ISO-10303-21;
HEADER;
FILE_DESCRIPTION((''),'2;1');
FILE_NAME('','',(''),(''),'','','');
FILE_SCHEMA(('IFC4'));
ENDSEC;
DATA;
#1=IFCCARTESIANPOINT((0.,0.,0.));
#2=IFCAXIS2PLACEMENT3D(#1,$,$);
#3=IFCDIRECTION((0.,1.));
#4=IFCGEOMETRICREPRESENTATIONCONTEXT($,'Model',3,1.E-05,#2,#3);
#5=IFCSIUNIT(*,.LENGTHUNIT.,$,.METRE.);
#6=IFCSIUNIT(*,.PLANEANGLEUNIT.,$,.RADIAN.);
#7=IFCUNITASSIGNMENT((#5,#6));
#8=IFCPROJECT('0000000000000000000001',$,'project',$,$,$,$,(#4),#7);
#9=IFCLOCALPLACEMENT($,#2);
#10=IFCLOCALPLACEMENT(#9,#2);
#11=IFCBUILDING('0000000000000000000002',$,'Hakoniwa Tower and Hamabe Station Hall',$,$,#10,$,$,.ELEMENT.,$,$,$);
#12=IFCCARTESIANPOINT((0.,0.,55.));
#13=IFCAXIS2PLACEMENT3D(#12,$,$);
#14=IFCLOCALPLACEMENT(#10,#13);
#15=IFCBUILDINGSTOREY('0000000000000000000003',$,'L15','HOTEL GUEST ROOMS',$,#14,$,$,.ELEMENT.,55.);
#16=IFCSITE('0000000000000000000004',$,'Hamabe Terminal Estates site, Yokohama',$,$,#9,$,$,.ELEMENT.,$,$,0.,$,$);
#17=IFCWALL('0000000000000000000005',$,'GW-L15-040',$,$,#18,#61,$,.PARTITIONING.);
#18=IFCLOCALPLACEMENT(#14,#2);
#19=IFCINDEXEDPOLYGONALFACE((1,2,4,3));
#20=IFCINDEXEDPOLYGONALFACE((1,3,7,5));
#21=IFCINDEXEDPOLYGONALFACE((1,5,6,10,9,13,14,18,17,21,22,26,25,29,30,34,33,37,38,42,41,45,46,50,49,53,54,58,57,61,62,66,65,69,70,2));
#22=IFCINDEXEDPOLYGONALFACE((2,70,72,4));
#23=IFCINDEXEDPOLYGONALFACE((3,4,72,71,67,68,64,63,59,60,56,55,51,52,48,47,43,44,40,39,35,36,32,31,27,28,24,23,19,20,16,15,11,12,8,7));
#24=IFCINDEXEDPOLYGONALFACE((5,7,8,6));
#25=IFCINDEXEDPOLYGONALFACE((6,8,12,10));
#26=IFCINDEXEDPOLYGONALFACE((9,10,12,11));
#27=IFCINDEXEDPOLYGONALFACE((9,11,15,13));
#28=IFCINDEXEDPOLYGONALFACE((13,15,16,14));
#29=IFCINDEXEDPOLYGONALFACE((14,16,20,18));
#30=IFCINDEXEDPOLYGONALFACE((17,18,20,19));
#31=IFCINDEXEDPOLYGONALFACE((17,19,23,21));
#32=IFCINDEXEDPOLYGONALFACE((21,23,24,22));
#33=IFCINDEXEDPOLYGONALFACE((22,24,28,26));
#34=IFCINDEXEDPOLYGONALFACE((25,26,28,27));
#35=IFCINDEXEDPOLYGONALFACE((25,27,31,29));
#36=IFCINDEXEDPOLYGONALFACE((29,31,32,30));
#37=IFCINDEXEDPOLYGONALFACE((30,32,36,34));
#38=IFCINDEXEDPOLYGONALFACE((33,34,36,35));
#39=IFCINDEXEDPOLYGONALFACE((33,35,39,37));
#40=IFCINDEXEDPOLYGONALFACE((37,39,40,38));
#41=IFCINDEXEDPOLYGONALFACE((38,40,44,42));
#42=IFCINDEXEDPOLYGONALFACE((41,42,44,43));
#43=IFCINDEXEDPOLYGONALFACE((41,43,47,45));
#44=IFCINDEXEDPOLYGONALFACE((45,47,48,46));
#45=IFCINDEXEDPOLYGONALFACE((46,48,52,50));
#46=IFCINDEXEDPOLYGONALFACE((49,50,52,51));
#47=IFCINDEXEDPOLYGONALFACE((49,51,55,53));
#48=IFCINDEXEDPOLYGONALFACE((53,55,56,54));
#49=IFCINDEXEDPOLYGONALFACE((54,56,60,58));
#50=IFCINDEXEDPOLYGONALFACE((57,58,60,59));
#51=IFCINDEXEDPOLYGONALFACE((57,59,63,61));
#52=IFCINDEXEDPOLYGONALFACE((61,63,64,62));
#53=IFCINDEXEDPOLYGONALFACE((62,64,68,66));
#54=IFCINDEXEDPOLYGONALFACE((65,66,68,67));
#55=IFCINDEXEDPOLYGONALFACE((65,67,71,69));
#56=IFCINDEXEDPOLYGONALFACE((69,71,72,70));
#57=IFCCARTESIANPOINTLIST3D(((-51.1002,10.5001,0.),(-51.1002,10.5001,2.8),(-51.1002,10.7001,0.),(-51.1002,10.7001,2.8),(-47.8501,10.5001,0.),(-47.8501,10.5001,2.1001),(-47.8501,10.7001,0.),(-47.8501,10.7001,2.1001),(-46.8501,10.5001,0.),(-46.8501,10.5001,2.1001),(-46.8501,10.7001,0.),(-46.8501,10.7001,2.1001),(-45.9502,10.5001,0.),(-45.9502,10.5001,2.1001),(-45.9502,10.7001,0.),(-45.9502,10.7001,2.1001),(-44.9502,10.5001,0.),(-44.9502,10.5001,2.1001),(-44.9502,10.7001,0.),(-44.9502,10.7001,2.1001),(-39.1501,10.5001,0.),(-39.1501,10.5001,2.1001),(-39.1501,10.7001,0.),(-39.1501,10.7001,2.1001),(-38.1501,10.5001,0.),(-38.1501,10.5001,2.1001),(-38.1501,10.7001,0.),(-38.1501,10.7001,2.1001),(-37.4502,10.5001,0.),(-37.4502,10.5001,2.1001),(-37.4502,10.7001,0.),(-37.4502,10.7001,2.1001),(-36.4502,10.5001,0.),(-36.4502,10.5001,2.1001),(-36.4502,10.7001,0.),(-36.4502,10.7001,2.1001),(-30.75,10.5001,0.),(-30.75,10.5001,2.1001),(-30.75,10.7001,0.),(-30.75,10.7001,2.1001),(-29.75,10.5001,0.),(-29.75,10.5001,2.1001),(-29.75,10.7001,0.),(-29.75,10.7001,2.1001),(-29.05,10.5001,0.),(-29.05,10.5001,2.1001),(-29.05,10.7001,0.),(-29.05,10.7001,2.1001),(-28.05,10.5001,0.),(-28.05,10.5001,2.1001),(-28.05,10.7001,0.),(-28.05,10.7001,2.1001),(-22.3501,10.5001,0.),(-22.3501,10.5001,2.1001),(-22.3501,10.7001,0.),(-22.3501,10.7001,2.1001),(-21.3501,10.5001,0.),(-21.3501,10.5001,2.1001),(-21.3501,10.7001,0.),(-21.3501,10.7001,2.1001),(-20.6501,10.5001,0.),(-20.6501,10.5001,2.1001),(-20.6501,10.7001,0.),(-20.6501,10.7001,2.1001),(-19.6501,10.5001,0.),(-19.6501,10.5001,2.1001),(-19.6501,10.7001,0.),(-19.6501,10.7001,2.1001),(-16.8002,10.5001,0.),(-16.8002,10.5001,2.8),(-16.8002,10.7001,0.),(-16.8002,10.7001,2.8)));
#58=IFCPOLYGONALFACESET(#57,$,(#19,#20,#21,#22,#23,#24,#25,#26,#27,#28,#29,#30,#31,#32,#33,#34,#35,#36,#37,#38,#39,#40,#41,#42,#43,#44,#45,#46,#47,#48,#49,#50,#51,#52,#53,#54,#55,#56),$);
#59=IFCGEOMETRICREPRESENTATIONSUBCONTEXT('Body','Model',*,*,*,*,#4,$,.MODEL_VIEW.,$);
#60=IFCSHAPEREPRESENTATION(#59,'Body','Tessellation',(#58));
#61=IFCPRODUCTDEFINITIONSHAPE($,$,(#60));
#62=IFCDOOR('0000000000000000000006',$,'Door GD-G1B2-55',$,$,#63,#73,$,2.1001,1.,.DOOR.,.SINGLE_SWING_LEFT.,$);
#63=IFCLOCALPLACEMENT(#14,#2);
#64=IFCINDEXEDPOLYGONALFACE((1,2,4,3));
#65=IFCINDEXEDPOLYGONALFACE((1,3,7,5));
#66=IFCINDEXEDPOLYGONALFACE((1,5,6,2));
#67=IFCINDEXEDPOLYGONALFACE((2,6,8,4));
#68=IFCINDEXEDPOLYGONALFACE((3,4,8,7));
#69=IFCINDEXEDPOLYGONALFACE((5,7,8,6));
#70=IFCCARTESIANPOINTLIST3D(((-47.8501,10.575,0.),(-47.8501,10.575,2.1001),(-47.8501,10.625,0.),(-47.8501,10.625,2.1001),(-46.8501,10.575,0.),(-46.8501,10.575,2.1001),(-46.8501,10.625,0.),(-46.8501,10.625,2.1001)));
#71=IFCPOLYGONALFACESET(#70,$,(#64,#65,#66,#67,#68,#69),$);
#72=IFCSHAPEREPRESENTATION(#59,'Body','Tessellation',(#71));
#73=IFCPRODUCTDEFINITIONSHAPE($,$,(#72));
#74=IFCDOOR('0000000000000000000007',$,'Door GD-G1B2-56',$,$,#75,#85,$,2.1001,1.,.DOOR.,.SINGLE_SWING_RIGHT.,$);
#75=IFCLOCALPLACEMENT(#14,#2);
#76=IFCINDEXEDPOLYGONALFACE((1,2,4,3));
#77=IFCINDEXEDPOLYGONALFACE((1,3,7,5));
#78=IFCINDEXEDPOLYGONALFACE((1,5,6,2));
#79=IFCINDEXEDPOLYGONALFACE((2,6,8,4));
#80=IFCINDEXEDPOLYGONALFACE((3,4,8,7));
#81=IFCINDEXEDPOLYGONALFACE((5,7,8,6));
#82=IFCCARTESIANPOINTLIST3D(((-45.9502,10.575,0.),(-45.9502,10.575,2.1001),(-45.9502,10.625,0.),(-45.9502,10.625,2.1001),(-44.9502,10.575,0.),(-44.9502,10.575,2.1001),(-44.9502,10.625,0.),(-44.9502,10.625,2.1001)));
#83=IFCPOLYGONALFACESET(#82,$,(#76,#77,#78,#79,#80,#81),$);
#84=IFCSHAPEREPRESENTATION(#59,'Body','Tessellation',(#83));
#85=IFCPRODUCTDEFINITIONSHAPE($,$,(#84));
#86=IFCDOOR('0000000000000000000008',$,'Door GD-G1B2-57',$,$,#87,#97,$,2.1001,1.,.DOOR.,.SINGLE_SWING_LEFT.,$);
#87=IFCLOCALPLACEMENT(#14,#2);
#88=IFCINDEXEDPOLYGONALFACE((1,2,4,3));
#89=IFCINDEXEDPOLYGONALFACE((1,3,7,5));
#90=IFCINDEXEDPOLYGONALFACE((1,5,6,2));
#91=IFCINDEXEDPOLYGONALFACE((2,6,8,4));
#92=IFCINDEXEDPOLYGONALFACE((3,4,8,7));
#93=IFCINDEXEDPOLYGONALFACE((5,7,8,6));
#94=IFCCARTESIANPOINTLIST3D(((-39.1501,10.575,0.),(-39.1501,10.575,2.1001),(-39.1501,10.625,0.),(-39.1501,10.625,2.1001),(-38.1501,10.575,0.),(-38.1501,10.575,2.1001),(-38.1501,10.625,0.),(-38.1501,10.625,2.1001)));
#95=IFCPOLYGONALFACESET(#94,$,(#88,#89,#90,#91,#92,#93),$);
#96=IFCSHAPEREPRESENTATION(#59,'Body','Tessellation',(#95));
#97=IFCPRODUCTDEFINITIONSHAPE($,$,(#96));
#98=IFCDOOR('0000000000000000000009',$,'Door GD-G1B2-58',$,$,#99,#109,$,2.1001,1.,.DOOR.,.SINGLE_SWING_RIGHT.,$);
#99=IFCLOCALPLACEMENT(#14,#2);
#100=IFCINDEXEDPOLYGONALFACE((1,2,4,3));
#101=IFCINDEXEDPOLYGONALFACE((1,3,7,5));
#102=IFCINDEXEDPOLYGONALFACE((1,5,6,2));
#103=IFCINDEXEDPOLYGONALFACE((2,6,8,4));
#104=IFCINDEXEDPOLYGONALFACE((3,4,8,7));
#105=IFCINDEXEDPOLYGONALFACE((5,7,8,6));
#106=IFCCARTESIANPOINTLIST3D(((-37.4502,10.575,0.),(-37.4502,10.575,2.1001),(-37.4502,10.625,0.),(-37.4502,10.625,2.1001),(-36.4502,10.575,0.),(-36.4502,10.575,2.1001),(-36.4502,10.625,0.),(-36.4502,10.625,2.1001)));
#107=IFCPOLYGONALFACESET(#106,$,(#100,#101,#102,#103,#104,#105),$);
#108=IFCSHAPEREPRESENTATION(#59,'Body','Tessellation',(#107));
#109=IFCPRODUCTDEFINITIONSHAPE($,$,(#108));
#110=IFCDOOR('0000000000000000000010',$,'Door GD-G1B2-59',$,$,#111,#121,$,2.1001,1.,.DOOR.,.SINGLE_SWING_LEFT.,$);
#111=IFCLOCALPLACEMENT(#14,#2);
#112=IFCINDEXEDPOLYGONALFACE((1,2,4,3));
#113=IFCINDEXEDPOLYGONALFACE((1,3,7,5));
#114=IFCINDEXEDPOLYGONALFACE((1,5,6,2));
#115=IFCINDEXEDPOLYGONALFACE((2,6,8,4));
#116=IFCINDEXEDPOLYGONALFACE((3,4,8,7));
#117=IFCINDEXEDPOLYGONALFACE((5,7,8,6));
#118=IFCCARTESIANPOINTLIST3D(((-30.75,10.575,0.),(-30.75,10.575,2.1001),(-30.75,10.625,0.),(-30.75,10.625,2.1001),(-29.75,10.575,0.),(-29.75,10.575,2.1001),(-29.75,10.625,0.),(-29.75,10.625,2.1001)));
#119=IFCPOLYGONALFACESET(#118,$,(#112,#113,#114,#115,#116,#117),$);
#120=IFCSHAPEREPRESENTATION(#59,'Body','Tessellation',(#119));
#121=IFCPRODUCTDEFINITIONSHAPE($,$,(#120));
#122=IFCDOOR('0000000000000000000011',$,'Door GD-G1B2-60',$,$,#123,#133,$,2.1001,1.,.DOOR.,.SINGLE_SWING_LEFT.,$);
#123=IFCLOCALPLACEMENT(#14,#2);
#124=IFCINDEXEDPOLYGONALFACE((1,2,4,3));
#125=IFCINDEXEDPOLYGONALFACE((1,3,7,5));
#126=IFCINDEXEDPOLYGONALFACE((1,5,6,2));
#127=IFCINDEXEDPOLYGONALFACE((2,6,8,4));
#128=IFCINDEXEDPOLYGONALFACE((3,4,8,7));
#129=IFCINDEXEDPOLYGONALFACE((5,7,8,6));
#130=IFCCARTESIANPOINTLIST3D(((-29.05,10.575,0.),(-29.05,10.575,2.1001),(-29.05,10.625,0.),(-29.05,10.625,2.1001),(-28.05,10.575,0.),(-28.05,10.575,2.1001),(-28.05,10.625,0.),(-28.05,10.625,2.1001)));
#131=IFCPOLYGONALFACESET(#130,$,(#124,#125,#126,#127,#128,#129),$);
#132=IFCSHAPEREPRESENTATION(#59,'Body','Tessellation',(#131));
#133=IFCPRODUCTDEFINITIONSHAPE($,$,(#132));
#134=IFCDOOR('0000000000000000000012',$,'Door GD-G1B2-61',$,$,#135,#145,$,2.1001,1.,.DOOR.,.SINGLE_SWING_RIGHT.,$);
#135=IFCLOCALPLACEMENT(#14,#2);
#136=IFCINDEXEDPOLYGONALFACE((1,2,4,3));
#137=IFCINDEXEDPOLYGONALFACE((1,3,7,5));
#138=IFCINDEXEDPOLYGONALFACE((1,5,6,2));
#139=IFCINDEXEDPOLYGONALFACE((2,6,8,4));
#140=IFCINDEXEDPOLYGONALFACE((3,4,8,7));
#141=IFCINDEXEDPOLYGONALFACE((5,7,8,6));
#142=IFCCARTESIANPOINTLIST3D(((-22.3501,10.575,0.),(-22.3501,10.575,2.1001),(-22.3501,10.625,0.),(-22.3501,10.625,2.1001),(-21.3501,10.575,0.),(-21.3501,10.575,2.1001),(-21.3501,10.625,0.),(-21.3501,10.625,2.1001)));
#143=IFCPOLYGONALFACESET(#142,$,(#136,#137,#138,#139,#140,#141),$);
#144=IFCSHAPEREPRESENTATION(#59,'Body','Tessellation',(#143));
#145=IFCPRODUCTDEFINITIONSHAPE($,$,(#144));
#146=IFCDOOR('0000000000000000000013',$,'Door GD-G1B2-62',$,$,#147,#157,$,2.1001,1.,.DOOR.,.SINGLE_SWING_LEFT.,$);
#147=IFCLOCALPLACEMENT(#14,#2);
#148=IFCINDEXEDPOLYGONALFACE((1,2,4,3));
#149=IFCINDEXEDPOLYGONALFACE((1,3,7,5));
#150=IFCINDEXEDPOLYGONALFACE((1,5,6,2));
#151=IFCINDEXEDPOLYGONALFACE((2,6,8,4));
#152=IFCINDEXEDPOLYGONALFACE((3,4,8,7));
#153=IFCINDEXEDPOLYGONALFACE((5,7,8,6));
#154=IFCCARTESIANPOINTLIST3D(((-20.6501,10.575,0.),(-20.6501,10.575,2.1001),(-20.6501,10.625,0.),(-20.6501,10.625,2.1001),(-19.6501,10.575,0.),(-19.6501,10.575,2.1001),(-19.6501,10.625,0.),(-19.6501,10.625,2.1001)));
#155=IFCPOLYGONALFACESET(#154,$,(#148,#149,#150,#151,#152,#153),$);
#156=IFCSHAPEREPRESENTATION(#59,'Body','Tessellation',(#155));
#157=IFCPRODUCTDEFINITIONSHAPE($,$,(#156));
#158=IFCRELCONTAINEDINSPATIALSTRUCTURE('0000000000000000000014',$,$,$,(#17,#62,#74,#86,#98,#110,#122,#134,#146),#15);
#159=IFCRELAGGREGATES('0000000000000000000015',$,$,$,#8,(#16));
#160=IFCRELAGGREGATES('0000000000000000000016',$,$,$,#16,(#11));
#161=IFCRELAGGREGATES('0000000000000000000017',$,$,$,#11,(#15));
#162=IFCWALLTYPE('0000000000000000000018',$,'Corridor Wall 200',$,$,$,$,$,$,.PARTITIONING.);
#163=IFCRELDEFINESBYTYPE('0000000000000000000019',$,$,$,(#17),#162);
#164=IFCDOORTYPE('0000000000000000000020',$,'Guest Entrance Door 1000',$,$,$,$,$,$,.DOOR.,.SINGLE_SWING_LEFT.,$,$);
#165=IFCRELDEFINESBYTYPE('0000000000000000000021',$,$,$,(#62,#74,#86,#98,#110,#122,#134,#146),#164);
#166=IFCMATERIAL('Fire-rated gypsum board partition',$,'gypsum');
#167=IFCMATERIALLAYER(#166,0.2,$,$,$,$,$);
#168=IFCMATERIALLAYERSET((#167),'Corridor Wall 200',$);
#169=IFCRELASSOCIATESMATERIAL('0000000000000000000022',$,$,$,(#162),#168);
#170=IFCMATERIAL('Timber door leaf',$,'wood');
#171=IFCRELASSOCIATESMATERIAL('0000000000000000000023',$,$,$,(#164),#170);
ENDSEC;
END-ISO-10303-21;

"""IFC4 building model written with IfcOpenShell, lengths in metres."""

from ifc_helpers import new_model, si_unit, direction, frame, frame_2d, origin, place, context, subcontext, project, spatial, rectangle, extrude, material, layer, layer_set, type_object, element, fill, save


model = new_model("IFC4")

# Units and contexts
model_context = context("Model", 3, precision=1e-05, world=origin(), true_north=direction((0.0, 1.0)))
body_context = subcontext(model_context, "Body", "Model", "MODEL_VIEW")
ifc_project = project(units=[si_unit("LENGTHUNIT", "METRE"), si_unit("PLANEANGLEUNIT", "RADIAN")], contexts=[model_context])

# Site, building, storey
site_placement = place(None, origin())
site = spatial("IfcSite", under=ifc_project, at=site_placement, Name="Hamabe Terminal Estates site, Yokohama", CompositionType="ELEMENT", RefElevation=0.0)
building_placement = place(site_placement, origin())
building = spatial("IfcBuilding", under=site, at=building_placement, Name="Hakoniwa Tower and Hamabe Station Hall", CompositionType="ELEMENT")
storey_placement = place(building_placement, frame((0.0, 0.0, 55.0)))
storey = spatial("IfcBuildingStorey", under=building, at=storey_placement, Name="L15", Description="HOTEL GUEST ROOMS", CompositionType="ELEMENT", Elevation=55.0)

# Wall, openings, doors
ifc_material_1 = material(Name="Fire-rated gypsum board partition", Category="gypsum")
ifc_layer_1 = layer(ifc_material_1, 0.2)
ifc_layer_set_1 = layer_set([ifc_layer_1], Name="Corridor Wall 200")
wall_type_1 = type_object("IfcWallType", Name="Corridor Wall 200", PredefinedType="PARTITIONING", material=ifc_layer_set_1)
wall_1_placement = place(storey_placement, frame((-51.1001, 10.6001, 0.0), z_axis=(0.0, 0.0, 1.0), x_axis=(1.0, 0.0, 0.0)))
wall_1 = element("IfcWall", 1, at=wall_1_placement, inside=storey, type_object=wall_type_1, Name="GW-L15-040", PredefinedType="PARTITIONING", context=body_context, shape_type="SweptSolid", body=[
    extrude(rectangle(XDim=34.3, YDim=0.2, at=frame_2d((17.1499, 0.0))), origin(), (0.0, 0.0, 1.0), 2.8),
])
opening_1_placement = place(wall_1_placement, frame((3.25, 0.0, 0.0)))
opening_1 = element("IfcOpeningElement", 2, at=opening_1_placement, cuts=wall_1, PredefinedType="OPENING", context=body_context, shape_type="SweptSolid", body=[
    extrude(rectangle(XDim=1.0, YDim=2.1001, at=frame_2d((0.5, 1.05))), frame((0.0, 0.1099, 0.0), z_axis=(0.0, -1.0, 0.0), x_axis=(1.0, 0.0, 0.0)), (0.0, 0.0, 1.0), 0.22),
])
opening_2_placement = place(wall_1_placement, frame((5.1499, 0.0, 0.0)))
opening_2 = element("IfcOpeningElement", 3, at=opening_2_placement, cuts=wall_1, PredefinedType="OPENING", context=body_context, shape_type="SweptSolid", body=[
    extrude(rectangle(XDim=1.0, YDim=2.1001, at=frame_2d((0.5, 1.05))), frame((0.0, 0.1099, 0.0), z_axis=(0.0, -1.0, 0.0), x_axis=(1.0, 0.0, 0.0)), (0.0, 0.0, 1.0), 0.22),
])
opening_3_placement = place(wall_1_placement, frame((11.95, 0.0, 0.0)))
opening_3 = element("IfcOpeningElement", 4, at=opening_3_placement, cuts=wall_1, PredefinedType="OPENING", context=body_context, shape_type="SweptSolid", body=[
    extrude(rectangle(XDim=1.0, YDim=2.1001, at=frame_2d((0.5, 1.05))), frame((0.0, 0.1099, 0.0), z_axis=(0.0, -1.0, 0.0), x_axis=(1.0, 0.0, 0.0)), (0.0, 0.0, 1.0), 0.22),
])
opening_4_placement = place(wall_1_placement, frame((13.6499, 0.0, 0.0)))
opening_4 = element("IfcOpeningElement", 5, at=opening_4_placement, cuts=wall_1, PredefinedType="OPENING", context=body_context, shape_type="SweptSolid", body=[
    extrude(rectangle(XDim=1.0, YDim=2.1001, at=frame_2d((0.5, 1.05))), frame((0.0, 0.1099, 0.0), z_axis=(0.0, -1.0, 0.0), x_axis=(1.0, 0.0, 0.0)), (0.0, 0.0, 1.0), 0.22),
])
opening_5_placement = place(wall_1_placement, frame((20.3501, 0.0, 0.0)))
opening_5 = element("IfcOpeningElement", 6, at=opening_5_placement, cuts=wall_1, PredefinedType="OPENING", context=body_context, shape_type="SweptSolid", body=[
    extrude(rectangle(XDim=1.0, YDim=2.1001, at=frame_2d((0.5, 1.05))), frame((0.0, 0.1099, 0.0), z_axis=(0.0, -1.0, 0.0), x_axis=(1.0, 0.0, 0.0)), (0.0, 0.0, 1.0), 0.22),
])
opening_6_placement = place(wall_1_placement, frame((22.05, 0.0, 0.0)))
opening_6 = element("IfcOpeningElement", 7, at=opening_6_placement, cuts=wall_1, PredefinedType="OPENING", context=body_context, shape_type="SweptSolid", body=[
    extrude(rectangle(XDim=1.0, YDim=2.1001, at=frame_2d((0.5, 1.05))), frame((0.0, 0.1099, 0.0), z_axis=(0.0, -1.0, 0.0), x_axis=(1.0, 0.0, 0.0)), (0.0, 0.0, 1.0), 0.22),
])
opening_7_placement = place(wall_1_placement, frame((28.75, 0.0, 0.0)))
opening_7 = element("IfcOpeningElement", 8, at=opening_7_placement, cuts=wall_1, PredefinedType="OPENING", context=body_context, shape_type="SweptSolid", body=[
    extrude(rectangle(XDim=1.0, YDim=2.1001, at=frame_2d((0.5, 1.05))), frame((0.0, 0.1099, 0.0), z_axis=(0.0, -1.0, 0.0), x_axis=(1.0, 0.0, 0.0)), (0.0, 0.0, 1.0), 0.22),
])
opening_8_placement = place(wall_1_placement, frame((30.45, 0.0, 0.0)))
opening_8 = element("IfcOpeningElement", 9, at=opening_8_placement, cuts=wall_1, PredefinedType="OPENING", context=body_context, shape_type="SweptSolid", body=[
    extrude(rectangle(XDim=1.0, YDim=2.1001, at=frame_2d((0.5, 1.05))), frame((0.0, 0.1099, 0.0), z_axis=(0.0, -1.0, 0.0), x_axis=(1.0, 0.0, 0.0)), (0.0, 0.0, 1.0), 0.22),
])
ifc_material_2 = material(Name="Timber door leaf", Category="wood")
door_type_1 = type_object("IfcDoorType", Name="Guest Entrance Door 1000", OperationType="SINGLE_SWING_LEFT", PredefinedType="DOOR", material=ifc_material_2)
door_1_placement = place(opening_1_placement, origin())
door_1 = element("IfcDoor", 10, at=door_1_placement, inside=storey, type_object=door_type_1, Name="Door GD-G1B2-55", OperationType="SINGLE_SWING_LEFT", OverallHeight=2.1001, OverallWidth=1.0, PredefinedType="DOOR", context=body_context, shape_type="SweptSolid", body=[
    extrude(rectangle(XDim=1.0, YDim=2.1001, at=frame_2d((0.5, 1.05))), frame((0.0, 0.0249, 0.0), z_axis=(0.0, -1.0, 0.0), x_axis=(1.0, 0.0, 0.0)), (0.0, 0.0, 1.0), 0.05),
])
fill(opening_1, door_1)
door_2_placement = place(opening_2_placement, origin())
door_2 = element("IfcDoor", 11, at=door_2_placement, inside=storey, type_object=door_type_1, Name="Door GD-G1B2-56", OperationType="SINGLE_SWING_RIGHT", OverallHeight=2.1001, OverallWidth=1.0, PredefinedType="DOOR", context=body_context, shape_type="SweptSolid", body=[
    extrude(rectangle(XDim=1.0, YDim=2.1001, at=frame_2d((0.5, 1.05))), frame((0.0, 0.0249, 0.0), z_axis=(0.0, -1.0, 0.0), x_axis=(1.0, 0.0, 0.0)), (0.0, 0.0, 1.0), 0.05),
])
fill(opening_2, door_2)
door_3_placement = place(opening_3_placement, origin())
door_3 = element("IfcDoor", 12, at=door_3_placement, inside=storey, type_object=door_type_1, Name="Door GD-G1B2-57", OperationType="SINGLE_SWING_LEFT", OverallHeight=2.1001, OverallWidth=1.0, PredefinedType="DOOR", context=body_context, shape_type="SweptSolid", body=[
    extrude(rectangle(XDim=1.0, YDim=2.1001, at=frame_2d((0.5, 1.05))), frame((0.0, 0.0249, 0.0), z_axis=(0.0, -1.0, 0.0), x_axis=(1.0, 0.0, 0.0)), (0.0, 0.0, 1.0), 0.05),
])
fill(opening_3, door_3)
door_4_placement = place(opening_4_placement, origin())
door_4 = element("IfcDoor", 13, at=door_4_placement, inside=storey, type_object=door_type_1, Name="Door GD-G1B2-58", OperationType="SINGLE_SWING_RIGHT", OverallHeight=2.1001, OverallWidth=1.0, PredefinedType="DOOR", context=body_context, shape_type="SweptSolid", body=[
    extrude(rectangle(XDim=1.0, YDim=2.1001, at=frame_2d((0.5, 1.05))), frame((0.0, 0.0249, 0.0), z_axis=(0.0, -1.0, 0.0), x_axis=(1.0, 0.0, 0.0)), (0.0, 0.0, 1.0), 0.05),
])
fill(opening_4, door_4)
door_5_placement = place(opening_5_placement, origin())
door_5 = element("IfcDoor", 14, at=door_5_placement, inside=storey, type_object=door_type_1, Name="Door GD-G1B2-59", OperationType="SINGLE_SWING_LEFT", OverallHeight=2.1001, OverallWidth=1.0, PredefinedType="DOOR", context=body_context, shape_type="SweptSolid", body=[
    extrude(rectangle(XDim=1.0, YDim=2.1001, at=frame_2d((0.5, 1.05))), frame((0.0, 0.0249, 0.0), z_axis=(0.0, -1.0, 0.0), x_axis=(1.0, 0.0, 0.0)), (0.0, 0.0, 1.0), 0.05),
])
fill(opening_5, door_5)
door_6_placement = place(opening_6_placement, origin())
door_6 = element("IfcDoor", 15, at=door_6_placement, inside=storey, type_object=door_type_1, Name="Door GD-G1B2-60", OperationType="SINGLE_SWING_LEFT", OverallHeight=2.1001, OverallWidth=1.0, PredefinedType="DOOR", context=body_context, shape_type="SweptSolid", body=[
    extrude(rectangle(XDim=1.0, YDim=2.1001, at=frame_2d((0.5, 1.05))), frame((0.0, 0.0249, 0.0), z_axis=(0.0, -1.0, 0.0), x_axis=(1.0, 0.0, 0.0)), (0.0, 0.0, 1.0), 0.05),
])
fill(opening_6, door_6)
door_7_placement = place(opening_7_placement, origin())
door_7 = element("IfcDoor", 16, at=door_7_placement, inside=storey, type_object=door_type_1, Name="Door GD-G1B2-61", OperationType="SINGLE_SWING_RIGHT", OverallHeight=2.1001, OverallWidth=1.0, PredefinedType="DOOR", context=body_context, shape_type="SweptSolid", body=[
    extrude(rectangle(XDim=1.0, YDim=2.1001, at=frame_2d((0.5, 1.05))), frame((0.0, 0.0249, 0.0), z_axis=(0.0, -1.0, 0.0), x_axis=(1.0, 0.0, 0.0)), (0.0, 0.0, 1.0), 0.05),
])
fill(opening_7, door_7)
door_8_placement = place(opening_8_placement, origin())
door_8 = element("IfcDoor", 17, at=door_8_placement, inside=storey, type_object=door_type_1, Name="Door GD-G1B2-62", OperationType="SINGLE_SWING_LEFT", OverallHeight=2.1001, OverallWidth=1.0, PredefinedType="DOOR", context=body_context, shape_type="SweptSolid", body=[
    extrude(rectangle(XDim=1.0, YDim=2.1001, at=frame_2d((0.5, 1.05))), frame((0.0, 0.0249, 0.0), z_axis=(0.0, -1.0, 0.0), x_axis=(1.0, 0.0, 0.0)), (0.0, 0.0, 1.0), 0.05),
])
fill(opening_8, door_8)

save(model, "model.ifc")
